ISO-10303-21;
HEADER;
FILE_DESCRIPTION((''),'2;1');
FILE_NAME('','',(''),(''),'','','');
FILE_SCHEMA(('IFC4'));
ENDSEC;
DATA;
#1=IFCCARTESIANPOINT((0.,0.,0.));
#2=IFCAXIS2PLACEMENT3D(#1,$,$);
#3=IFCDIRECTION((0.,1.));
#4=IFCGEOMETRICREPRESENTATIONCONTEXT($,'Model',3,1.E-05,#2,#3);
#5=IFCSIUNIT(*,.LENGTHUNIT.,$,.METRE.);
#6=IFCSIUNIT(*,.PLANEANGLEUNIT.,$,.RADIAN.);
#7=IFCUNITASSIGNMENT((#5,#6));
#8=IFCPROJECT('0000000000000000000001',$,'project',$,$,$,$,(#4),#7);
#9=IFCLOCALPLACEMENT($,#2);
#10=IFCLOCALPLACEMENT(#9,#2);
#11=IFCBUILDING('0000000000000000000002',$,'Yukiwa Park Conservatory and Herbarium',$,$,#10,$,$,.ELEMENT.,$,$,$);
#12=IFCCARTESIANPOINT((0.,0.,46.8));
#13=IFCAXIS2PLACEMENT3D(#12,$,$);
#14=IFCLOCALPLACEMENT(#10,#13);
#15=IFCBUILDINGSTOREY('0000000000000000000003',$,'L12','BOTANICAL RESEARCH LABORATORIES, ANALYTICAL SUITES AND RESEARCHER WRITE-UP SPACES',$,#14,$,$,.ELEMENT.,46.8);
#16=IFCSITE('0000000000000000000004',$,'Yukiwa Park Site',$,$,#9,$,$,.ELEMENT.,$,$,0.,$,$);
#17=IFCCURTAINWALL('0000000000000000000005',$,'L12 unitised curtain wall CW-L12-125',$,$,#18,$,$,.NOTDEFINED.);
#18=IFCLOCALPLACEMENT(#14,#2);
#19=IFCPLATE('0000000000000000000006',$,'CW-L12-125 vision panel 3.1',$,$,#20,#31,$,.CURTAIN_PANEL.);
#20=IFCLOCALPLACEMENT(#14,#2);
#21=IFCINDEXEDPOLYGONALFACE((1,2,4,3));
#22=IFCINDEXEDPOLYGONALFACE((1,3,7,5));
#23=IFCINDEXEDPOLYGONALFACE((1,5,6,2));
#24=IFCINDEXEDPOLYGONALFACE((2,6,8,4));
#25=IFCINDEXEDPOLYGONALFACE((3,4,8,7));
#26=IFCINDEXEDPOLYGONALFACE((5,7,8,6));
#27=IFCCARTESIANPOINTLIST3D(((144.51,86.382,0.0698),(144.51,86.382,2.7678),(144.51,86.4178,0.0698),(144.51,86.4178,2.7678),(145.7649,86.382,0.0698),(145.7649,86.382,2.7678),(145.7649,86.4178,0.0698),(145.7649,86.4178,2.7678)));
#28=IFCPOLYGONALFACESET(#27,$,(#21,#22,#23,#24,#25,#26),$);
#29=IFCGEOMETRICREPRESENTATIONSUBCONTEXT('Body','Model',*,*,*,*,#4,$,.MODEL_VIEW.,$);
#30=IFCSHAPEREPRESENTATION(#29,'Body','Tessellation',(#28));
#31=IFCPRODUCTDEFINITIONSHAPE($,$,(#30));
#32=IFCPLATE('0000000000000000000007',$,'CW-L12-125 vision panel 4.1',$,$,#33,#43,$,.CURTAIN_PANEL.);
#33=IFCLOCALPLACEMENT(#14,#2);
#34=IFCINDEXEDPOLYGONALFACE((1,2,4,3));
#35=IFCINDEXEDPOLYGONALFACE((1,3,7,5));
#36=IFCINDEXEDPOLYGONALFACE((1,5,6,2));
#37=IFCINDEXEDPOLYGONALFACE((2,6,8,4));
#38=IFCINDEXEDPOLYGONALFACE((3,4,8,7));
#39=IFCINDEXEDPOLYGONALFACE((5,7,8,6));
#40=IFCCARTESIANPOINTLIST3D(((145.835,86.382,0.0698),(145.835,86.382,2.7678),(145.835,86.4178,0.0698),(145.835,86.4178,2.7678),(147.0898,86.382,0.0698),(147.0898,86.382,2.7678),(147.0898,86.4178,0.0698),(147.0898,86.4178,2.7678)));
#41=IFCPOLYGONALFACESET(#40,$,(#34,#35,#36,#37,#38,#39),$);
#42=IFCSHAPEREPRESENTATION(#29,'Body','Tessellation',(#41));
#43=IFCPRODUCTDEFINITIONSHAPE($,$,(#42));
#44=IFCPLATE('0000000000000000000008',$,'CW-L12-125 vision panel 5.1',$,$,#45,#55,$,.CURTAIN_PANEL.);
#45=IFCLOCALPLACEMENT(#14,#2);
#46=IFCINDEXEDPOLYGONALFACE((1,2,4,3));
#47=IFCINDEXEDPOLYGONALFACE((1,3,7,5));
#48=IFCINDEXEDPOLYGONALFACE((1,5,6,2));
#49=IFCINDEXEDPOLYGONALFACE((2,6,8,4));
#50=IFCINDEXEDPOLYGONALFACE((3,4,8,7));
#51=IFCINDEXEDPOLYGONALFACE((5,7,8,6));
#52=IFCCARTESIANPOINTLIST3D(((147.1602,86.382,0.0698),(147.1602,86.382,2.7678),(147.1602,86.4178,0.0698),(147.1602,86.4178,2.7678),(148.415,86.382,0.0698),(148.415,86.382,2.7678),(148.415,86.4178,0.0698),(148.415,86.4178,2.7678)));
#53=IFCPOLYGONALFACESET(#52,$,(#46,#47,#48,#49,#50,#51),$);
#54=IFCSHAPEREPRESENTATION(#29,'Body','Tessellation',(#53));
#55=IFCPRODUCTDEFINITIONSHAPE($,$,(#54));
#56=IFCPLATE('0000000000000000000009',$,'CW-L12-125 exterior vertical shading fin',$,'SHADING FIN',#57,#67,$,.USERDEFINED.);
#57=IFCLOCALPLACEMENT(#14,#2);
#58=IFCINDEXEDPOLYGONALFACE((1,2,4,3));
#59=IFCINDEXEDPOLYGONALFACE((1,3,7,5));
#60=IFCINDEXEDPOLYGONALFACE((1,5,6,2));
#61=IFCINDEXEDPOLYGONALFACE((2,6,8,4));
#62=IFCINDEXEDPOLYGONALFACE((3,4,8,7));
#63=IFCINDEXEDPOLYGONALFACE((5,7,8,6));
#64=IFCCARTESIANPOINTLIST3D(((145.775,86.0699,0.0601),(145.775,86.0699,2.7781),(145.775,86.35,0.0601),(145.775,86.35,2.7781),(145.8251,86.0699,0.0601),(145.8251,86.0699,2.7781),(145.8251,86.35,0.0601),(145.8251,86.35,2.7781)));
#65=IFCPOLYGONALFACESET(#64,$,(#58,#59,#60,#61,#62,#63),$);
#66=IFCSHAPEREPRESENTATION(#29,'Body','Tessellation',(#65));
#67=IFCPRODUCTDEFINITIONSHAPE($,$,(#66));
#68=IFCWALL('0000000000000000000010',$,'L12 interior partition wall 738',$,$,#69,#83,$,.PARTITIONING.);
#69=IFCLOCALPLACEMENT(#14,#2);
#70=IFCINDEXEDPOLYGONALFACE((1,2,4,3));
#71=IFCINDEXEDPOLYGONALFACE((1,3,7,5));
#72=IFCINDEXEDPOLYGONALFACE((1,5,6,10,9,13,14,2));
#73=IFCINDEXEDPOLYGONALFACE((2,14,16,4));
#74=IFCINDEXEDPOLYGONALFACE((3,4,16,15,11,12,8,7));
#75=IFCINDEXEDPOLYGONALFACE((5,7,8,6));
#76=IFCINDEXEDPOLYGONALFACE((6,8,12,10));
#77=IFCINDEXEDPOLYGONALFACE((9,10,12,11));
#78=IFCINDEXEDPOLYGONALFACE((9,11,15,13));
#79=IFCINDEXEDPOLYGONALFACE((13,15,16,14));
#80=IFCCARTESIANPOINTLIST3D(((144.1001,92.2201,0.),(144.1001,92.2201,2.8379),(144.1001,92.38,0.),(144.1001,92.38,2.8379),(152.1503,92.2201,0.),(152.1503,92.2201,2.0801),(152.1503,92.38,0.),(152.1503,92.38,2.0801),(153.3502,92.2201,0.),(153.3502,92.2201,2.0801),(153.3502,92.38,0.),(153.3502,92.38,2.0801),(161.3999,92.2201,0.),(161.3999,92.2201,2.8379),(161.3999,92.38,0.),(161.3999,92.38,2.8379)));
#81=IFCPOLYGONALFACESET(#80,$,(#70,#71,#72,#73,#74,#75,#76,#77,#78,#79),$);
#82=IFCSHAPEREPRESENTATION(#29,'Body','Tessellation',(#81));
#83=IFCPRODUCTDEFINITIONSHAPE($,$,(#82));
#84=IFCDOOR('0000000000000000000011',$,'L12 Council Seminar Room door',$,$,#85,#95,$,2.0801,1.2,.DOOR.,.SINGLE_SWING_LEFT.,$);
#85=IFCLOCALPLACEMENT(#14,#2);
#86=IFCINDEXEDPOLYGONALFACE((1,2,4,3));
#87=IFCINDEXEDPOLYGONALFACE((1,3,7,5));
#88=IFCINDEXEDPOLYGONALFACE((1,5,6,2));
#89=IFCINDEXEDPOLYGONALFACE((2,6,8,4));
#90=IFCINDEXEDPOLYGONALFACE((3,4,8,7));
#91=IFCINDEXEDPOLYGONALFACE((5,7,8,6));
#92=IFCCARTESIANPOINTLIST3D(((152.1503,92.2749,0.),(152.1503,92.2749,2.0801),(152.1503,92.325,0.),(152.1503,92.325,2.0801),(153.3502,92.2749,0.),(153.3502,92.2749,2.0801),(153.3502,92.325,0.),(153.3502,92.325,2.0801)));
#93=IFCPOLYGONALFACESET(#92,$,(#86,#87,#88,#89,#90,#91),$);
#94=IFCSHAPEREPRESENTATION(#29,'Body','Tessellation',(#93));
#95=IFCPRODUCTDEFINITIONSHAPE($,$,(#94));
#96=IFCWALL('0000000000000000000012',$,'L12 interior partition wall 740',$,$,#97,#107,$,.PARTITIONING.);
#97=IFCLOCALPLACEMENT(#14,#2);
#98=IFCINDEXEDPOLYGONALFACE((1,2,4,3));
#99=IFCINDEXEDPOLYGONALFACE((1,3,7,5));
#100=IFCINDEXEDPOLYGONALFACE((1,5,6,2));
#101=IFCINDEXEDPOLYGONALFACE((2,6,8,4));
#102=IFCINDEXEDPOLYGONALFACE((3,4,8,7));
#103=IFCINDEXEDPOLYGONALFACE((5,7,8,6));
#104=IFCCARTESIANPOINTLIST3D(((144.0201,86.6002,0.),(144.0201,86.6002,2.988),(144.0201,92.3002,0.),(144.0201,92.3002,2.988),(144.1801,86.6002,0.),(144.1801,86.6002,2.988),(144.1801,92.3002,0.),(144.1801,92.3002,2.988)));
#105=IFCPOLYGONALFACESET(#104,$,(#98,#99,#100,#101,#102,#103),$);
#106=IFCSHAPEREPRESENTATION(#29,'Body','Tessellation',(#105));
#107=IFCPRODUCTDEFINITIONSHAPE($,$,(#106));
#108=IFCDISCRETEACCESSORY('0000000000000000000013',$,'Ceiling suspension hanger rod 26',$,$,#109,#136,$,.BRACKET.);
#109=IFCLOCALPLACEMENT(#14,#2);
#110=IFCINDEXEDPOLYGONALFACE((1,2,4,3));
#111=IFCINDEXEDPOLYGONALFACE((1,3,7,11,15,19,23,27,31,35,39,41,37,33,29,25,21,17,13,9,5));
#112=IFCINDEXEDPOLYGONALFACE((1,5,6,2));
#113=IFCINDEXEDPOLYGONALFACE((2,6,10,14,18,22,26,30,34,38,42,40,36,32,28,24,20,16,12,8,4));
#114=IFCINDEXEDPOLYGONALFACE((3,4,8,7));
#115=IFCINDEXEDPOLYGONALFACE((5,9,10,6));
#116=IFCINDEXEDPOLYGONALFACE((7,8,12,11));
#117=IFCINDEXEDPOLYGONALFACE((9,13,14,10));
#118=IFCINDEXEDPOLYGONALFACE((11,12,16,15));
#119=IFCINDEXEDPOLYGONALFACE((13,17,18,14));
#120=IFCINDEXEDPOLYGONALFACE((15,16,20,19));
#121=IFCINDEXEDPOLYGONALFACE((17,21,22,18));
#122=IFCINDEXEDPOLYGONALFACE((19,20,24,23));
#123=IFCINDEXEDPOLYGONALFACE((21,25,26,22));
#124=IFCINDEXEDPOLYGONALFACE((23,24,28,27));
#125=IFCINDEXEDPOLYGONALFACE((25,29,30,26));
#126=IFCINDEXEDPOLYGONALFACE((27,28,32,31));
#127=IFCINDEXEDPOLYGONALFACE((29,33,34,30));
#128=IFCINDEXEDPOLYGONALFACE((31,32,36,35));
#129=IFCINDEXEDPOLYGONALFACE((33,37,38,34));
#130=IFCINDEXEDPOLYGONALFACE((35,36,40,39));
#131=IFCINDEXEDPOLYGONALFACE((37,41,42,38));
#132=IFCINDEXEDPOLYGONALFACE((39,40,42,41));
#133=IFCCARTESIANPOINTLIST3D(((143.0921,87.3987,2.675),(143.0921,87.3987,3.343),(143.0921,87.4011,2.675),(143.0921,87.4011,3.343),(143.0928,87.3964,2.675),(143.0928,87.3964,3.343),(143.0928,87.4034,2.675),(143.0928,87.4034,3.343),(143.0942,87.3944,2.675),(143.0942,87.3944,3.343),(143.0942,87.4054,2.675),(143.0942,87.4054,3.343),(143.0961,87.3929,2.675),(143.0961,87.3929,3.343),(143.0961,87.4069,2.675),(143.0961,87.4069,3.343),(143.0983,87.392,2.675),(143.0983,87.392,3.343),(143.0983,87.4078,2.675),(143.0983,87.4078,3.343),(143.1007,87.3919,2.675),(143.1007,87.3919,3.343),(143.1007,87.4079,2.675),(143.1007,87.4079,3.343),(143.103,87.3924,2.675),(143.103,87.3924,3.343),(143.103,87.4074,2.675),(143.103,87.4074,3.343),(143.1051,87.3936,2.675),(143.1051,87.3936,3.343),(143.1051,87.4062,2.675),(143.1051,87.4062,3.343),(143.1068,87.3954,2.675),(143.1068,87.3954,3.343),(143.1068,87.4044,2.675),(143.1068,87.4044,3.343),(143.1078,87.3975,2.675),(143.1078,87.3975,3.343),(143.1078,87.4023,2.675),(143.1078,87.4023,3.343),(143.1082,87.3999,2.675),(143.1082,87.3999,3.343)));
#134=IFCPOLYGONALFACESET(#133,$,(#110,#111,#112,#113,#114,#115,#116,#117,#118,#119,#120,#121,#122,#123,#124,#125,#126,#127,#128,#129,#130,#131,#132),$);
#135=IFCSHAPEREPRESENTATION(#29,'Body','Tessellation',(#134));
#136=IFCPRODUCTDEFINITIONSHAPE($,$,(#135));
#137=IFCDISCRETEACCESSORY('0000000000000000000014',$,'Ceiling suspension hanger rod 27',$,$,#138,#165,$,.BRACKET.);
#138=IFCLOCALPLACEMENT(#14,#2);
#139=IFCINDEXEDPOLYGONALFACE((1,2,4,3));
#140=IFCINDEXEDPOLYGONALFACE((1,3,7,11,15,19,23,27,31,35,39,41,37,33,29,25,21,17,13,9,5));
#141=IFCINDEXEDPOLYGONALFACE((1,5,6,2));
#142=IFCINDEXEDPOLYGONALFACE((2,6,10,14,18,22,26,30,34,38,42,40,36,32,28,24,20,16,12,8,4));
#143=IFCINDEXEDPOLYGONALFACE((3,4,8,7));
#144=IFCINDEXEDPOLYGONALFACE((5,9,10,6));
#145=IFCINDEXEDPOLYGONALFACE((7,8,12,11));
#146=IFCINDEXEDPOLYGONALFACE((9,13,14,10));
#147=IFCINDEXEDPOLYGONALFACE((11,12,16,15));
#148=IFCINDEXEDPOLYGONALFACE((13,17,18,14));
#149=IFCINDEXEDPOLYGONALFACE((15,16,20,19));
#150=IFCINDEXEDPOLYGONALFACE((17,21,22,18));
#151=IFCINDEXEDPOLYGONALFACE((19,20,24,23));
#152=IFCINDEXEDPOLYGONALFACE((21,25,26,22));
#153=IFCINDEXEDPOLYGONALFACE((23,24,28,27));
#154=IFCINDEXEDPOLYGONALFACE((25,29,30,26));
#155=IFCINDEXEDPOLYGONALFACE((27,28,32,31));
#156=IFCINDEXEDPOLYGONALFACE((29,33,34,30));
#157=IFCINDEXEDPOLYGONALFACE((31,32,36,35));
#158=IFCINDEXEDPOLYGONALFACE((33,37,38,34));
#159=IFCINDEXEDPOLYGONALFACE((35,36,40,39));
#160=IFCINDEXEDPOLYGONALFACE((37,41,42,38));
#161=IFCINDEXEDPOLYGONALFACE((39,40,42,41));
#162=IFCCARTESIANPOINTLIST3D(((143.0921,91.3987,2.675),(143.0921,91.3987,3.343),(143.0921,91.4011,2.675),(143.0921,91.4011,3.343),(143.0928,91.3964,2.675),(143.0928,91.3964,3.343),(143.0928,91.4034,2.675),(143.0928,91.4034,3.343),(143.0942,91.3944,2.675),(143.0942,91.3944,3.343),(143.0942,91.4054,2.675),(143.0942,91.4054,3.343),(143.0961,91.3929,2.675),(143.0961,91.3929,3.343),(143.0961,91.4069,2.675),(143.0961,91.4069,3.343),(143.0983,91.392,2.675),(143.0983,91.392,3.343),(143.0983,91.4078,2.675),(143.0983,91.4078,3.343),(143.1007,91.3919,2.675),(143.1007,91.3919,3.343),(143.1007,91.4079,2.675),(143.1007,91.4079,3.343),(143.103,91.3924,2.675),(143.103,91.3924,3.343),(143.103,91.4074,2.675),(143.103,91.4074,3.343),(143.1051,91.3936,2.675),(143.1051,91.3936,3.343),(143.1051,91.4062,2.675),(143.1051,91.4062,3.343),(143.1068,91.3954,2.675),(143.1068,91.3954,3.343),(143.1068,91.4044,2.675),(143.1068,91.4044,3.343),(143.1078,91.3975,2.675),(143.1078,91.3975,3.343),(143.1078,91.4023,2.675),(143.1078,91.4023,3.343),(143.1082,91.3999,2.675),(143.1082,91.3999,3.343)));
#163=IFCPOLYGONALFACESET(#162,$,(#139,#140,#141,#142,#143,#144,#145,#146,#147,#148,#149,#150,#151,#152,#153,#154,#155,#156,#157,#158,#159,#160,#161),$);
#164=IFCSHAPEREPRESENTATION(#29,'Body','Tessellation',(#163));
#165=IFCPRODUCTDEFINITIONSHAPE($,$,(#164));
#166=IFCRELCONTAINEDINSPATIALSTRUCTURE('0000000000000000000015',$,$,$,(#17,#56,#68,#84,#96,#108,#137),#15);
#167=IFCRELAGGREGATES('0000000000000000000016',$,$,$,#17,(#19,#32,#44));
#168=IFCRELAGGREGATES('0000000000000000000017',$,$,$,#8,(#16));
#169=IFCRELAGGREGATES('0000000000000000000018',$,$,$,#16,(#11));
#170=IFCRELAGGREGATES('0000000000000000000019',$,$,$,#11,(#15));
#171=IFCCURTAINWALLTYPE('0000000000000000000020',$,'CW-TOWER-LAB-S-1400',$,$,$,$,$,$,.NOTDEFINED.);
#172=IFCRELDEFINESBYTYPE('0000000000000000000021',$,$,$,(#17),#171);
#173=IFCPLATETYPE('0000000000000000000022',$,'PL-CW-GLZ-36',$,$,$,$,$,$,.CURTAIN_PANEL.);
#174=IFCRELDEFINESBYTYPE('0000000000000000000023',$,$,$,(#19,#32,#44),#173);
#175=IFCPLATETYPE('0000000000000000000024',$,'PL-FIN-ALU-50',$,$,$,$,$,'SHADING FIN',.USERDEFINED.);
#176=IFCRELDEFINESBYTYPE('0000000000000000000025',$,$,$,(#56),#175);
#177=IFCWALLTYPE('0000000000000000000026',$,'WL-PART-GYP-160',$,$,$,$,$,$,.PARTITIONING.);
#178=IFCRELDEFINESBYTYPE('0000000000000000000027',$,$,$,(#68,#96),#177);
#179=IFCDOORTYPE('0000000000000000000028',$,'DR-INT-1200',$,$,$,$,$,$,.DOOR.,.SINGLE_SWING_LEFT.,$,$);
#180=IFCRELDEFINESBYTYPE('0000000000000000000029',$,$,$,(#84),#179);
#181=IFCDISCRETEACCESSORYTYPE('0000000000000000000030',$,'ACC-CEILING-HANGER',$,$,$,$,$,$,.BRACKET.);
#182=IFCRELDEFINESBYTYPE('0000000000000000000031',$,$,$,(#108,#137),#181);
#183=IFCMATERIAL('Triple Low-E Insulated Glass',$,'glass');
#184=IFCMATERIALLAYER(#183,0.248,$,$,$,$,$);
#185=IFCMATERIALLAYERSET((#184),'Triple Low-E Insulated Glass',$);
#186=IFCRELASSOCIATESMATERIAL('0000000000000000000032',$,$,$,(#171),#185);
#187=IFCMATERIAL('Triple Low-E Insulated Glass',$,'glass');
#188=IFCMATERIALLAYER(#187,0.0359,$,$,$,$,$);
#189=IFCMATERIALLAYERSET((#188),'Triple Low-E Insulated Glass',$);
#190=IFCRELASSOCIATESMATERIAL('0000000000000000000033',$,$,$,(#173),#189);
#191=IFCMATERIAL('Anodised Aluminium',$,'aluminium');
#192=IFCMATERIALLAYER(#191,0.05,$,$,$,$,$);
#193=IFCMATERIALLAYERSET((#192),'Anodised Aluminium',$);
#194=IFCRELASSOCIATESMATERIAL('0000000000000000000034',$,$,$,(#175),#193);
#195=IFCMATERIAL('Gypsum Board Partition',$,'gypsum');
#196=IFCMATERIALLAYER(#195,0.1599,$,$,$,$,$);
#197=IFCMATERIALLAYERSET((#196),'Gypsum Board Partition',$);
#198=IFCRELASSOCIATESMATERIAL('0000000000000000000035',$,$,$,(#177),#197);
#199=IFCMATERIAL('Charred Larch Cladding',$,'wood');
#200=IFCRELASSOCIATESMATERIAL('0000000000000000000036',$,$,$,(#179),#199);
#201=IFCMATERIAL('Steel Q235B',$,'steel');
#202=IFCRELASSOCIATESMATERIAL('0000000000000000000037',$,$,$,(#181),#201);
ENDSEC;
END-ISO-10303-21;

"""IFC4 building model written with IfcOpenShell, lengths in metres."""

from ifc_helpers import new_model, si_unit, direction, frame, frame_2d, origin, origin_2d, place, context, subcontext, project, spatial, rectangle, circle, extrude, material, layer, layer_set, type_object, element, fill, aggregate, save


model = new_model("IFC4")

# Units and contexts
model_context = context("Model", 3, precision=1e-05, world=origin(), true_north=direction((0.0, 1.0)))
body_context = subcontext(model_context, "Body", "Model", "MODEL_VIEW")
ifc_project = project(units=[si_unit("LENGTHUNIT", "METRE"), si_unit("PLANEANGLEUNIT", "RADIAN")], contexts=[model_context])

# Site, building, storey
site_placement = place(None, origin())
site = spatial("IfcSite", under=ifc_project, at=site_placement, Name="Yukiwa Park Site", CompositionType="ELEMENT", RefElevation=0.0)
building_placement = place(site_placement, origin())
building = spatial("IfcBuilding", under=site, at=building_placement, Name="Yukiwa Park Conservatory and Herbarium", CompositionType="ELEMENT")
storey_placement = place(building_placement, frame((0.0, 0.0, 46.8)))
storey = spatial("IfcBuildingStorey", under=building, at=storey_placement, Name="L12", Description="BOTANICAL RESEARCH LABORATORIES, ANALYTICAL SUITES AND RESEARCHER WRITE-UP SPACES", CompositionType="ELEMENT", Elevation=46.8)

# Curtain wall, plates
ifc_material_1 = material(Name="Triple Low-E Insulated Glass", Category="glass")
ifc_layer_1 = layer(ifc_material_1, 0.248)
ifc_layer_set_1 = layer_set([ifc_layer_1], Name="Triple Low-E Insulated Glass")
curtain_wall_type = type_object("IfcCurtainWallType", Name="CW-TOWER-LAB-S-1400", PredefinedType="NOTDEFINED", material=ifc_layer_set_1)
curtain_wall_placement = place(storey_placement, origin())
curtain_wall = element("IfcCurtainWall", 1, at=curtain_wall_placement, inside=storey, type_object=curtain_wall_type, Name="L12 unitised curtain wall CW-L12-125", PredefinedType="NOTDEFINED")
ifc_material_2 = material(Name="Triple Low-E Insulated Glass", Category="glass")
ifc_layer_2 = layer(ifc_material_2, 0.0359)
ifc_layer_set_2 = layer_set([ifc_layer_2], Name="Triple Low-E Insulated Glass")
plate_type_1 = type_object("IfcPlateType", Name="PL-CW-GLZ-36", PredefinedType="CURTAIN_PANEL", material=ifc_layer_set_2)
plate_1_placement = place(storey_placement, frame((145.1375, 86.3999, 0.0698), z_axis=(0.0, 0.0, 1.0), x_axis=(1.0, 0.0, 0.0)))
plate_1 = element("IfcPlate", 2, at=plate_1_placement, type_object=plate_type_1, Name="CW-L12-125 vision panel 3.1", PredefinedType="CURTAIN_PANEL", context=body_context, shape_type="SweptSolid", body=[
    extrude(rectangle(XDim=1.2549, YDim=0.0359, at=origin_2d()), origin(), (0.0, 0.0, 1.0), 2.698),
])
plate_2_placement = place(storey_placement, frame((146.4624, 86.3999, 0.0698), z_axis=(0.0, 0.0, 1.0), x_axis=(1.0, 0.0, 0.0)))
plate_2 = element("IfcPlate", 3, at=plate_2_placement, type_object=plate_type_1, Name="CW-L12-125 vision panel 4.1", PredefinedType="CURTAIN_PANEL", context=body_context, shape_type="SweptSolid", body=[
    extrude(rectangle(XDim=1.2549, YDim=0.0359, at=origin_2d()), origin(), (0.0, 0.0, 1.0), 2.698),
])
plate_3_placement = place(storey_placement, frame((147.7876, 86.3999, 0.0698), z_axis=(0.0, 0.0, 1.0), x_axis=(1.0, 0.0, 0.0)))
plate_3 = element("IfcPlate", 4, at=plate_3_placement, type_object=plate_type_1, Name="CW-L12-125 vision panel 5.1", PredefinedType="CURTAIN_PANEL", context=body_context, shape_type="SweptSolid", body=[
    extrude(rectangle(XDim=1.2549, YDim=0.0359, at=origin_2d()), origin(), (0.0, 0.0, 1.0), 2.698),
])
aggregate(curtain_wall, [plate_1, plate_2, plate_3])

# Plate
ifc_material_3 = material(Name="Anodised Aluminium", Category="aluminium")
ifc_layer_3 = layer(ifc_material_3, 0.05)
ifc_layer_set_3 = layer_set([ifc_layer_3], Name="Anodised Aluminium")
plate_type_2 = type_object("IfcPlateType", Name="PL-FIN-ALU-50", ElementType="SHADING FIN", PredefinedType="USERDEFINED", material=ifc_layer_set_3)
plate_4_placement = place(storey_placement, frame((145.8, 86.21, 0.0601), z_axis=(0.0, 0.0, 1.0), x_axis=(1.0, 0.0, 0.0)))
element("IfcPlate", 5, at=plate_4_placement, inside=storey, type_object=plate_type_2, Name="CW-L12-125 exterior vertical shading fin", ObjectType="SHADING FIN", PredefinedType="USERDEFINED", context=body_context, shape_type="SweptSolid", body=[
    extrude(rectangle(XDim=0.05, YDim=0.28, at=origin_2d()), origin(), (0.0, 0.0, 1.0), 2.718),
])

# Wall, opening, door
ifc_material_4 = material(Name="Gypsum Board Partition", Category="gypsum")
ifc_layer_4 = layer(ifc_material_4, 0.1599)
ifc_layer_set_4 = layer_set([ifc_layer_4], Name="Gypsum Board Partition")
wall_type = type_object("IfcWallType", Name="WL-PART-GYP-160", PredefinedType="PARTITIONING", material=ifc_layer_set_4)
wall_1_placement = place(storey_placement, frame((144.1001, 92.3, 0.0), z_axis=(0.0, 0.0, 1.0), x_axis=(1.0, 0.0, 0.0)))
wall_1 = element("IfcWall", 6, at=wall_1_placement, inside=storey, type_object=wall_type, Name="L12 interior partition wall 738", PredefinedType="PARTITIONING", context=body_context, shape_type="SweptSolid", body=[
    extrude(rectangle(XDim=17.2998, YDim=0.1599, at=frame_2d((8.6499, 0.0))), origin(), (0.0, 0.0, 1.0), 2.8379),
])
opening_placement = place(wall_1_placement, frame((8.05, 0.0, 0.0)))
opening = element("IfcOpeningElement", 7, at=opening_placement, cuts=wall_1, PredefinedType="OPENING", context=body_context, shape_type="SweptSolid", body=[
    extrude(rectangle(XDim=1.2, YDim=2.0801, at=frame_2d((0.6001, 1.04))), frame((0.0, 0.0898, 0.0), z_axis=(0.0, -1.0, 0.0), x_axis=(1.0, 0.0, 0.0)), (0.0, 0.0, 1.0), 0.1799),
])
ifc_material_5 = material(Name="Charred Larch Cladding", Category="wood")
door_type = type_object("IfcDoorType", Name="DR-INT-1200", OperationType="SINGLE_SWING_LEFT", PredefinedType="DOOR", material=ifc_material_5)
door_placement = place(opening_placement, origin())
door = element("IfcDoor", 8, at=door_placement, inside=storey, type_object=door_type, Name="L12 Council Seminar Room door", OperationType="SINGLE_SWING_LEFT", OverallHeight=2.0801, OverallWidth=1.2, PredefinedType="DOOR", context=body_context, shape_type="SweptSolid", body=[
    extrude(rectangle(XDim=1.2, YDim=2.0801, at=frame_2d((0.6001, 1.04))), frame((0.0, 0.0249, 0.0), z_axis=(0.0, -1.0, 0.0), x_axis=(1.0, 0.0, 0.0)), (0.0, 0.0, 1.0), 0.05),
])
fill(opening, door)

# Wall
wall_2_placement = place(storey_placement, frame((144.1001, 86.6001, 0.0), z_axis=(0.0, 0.0, 1.0), x_axis=(0.0, 1.0, 0.0)))
element("IfcWall", 9, at=wall_2_placement, inside=storey, type_object=wall_type, Name="L12 interior partition wall 740", PredefinedType="PARTITIONING", context=body_context, shape_type="SweptSolid", body=[
    extrude(rectangle(XDim=5.7, YDim=0.1599, at=frame_2d((2.8501, 0.0))), origin(), (0.0, 0.0, 1.0), 2.988),
])

# Discrete accessories
ifc_material_6 = material(Name="Steel Q235B", Category="steel")
discrete_accessory_type = type_object("IfcDiscreteAccessoryType", Name="ACC-CEILING-HANGER", PredefinedType="BRACKET", material=ifc_material_6)
for number, where, z_axis, x_axis, name in (
    (10, (143.1001, 87.3999, 2.675), (0.0, 0.0, 1.0), (1.0, 0.0, 0.0), "Ceiling suspension hanger rod 26"),
    (11, (143.1001, 91.3999, 2.675), (0.0, 0.0, 1.0), (1.0, 0.0, 0.0), "Ceiling suspension hanger rod 27"),
):
    element("IfcDiscreteAccessory", number, at=place(storey_placement, frame(where, z_axis=z_axis, x_axis=x_axis)), inside=storey, type_object=discrete_accessory_type, Name=name, PredefinedType="BRACKET", context=body_context, shape_type="SweptSolid", body=[
        extrude(circle(Radius=0.0081, at=origin_2d()), origin(), (0.0, 0.0, 1.0), 0.668),
    ])

save(model, "model.ifc")
